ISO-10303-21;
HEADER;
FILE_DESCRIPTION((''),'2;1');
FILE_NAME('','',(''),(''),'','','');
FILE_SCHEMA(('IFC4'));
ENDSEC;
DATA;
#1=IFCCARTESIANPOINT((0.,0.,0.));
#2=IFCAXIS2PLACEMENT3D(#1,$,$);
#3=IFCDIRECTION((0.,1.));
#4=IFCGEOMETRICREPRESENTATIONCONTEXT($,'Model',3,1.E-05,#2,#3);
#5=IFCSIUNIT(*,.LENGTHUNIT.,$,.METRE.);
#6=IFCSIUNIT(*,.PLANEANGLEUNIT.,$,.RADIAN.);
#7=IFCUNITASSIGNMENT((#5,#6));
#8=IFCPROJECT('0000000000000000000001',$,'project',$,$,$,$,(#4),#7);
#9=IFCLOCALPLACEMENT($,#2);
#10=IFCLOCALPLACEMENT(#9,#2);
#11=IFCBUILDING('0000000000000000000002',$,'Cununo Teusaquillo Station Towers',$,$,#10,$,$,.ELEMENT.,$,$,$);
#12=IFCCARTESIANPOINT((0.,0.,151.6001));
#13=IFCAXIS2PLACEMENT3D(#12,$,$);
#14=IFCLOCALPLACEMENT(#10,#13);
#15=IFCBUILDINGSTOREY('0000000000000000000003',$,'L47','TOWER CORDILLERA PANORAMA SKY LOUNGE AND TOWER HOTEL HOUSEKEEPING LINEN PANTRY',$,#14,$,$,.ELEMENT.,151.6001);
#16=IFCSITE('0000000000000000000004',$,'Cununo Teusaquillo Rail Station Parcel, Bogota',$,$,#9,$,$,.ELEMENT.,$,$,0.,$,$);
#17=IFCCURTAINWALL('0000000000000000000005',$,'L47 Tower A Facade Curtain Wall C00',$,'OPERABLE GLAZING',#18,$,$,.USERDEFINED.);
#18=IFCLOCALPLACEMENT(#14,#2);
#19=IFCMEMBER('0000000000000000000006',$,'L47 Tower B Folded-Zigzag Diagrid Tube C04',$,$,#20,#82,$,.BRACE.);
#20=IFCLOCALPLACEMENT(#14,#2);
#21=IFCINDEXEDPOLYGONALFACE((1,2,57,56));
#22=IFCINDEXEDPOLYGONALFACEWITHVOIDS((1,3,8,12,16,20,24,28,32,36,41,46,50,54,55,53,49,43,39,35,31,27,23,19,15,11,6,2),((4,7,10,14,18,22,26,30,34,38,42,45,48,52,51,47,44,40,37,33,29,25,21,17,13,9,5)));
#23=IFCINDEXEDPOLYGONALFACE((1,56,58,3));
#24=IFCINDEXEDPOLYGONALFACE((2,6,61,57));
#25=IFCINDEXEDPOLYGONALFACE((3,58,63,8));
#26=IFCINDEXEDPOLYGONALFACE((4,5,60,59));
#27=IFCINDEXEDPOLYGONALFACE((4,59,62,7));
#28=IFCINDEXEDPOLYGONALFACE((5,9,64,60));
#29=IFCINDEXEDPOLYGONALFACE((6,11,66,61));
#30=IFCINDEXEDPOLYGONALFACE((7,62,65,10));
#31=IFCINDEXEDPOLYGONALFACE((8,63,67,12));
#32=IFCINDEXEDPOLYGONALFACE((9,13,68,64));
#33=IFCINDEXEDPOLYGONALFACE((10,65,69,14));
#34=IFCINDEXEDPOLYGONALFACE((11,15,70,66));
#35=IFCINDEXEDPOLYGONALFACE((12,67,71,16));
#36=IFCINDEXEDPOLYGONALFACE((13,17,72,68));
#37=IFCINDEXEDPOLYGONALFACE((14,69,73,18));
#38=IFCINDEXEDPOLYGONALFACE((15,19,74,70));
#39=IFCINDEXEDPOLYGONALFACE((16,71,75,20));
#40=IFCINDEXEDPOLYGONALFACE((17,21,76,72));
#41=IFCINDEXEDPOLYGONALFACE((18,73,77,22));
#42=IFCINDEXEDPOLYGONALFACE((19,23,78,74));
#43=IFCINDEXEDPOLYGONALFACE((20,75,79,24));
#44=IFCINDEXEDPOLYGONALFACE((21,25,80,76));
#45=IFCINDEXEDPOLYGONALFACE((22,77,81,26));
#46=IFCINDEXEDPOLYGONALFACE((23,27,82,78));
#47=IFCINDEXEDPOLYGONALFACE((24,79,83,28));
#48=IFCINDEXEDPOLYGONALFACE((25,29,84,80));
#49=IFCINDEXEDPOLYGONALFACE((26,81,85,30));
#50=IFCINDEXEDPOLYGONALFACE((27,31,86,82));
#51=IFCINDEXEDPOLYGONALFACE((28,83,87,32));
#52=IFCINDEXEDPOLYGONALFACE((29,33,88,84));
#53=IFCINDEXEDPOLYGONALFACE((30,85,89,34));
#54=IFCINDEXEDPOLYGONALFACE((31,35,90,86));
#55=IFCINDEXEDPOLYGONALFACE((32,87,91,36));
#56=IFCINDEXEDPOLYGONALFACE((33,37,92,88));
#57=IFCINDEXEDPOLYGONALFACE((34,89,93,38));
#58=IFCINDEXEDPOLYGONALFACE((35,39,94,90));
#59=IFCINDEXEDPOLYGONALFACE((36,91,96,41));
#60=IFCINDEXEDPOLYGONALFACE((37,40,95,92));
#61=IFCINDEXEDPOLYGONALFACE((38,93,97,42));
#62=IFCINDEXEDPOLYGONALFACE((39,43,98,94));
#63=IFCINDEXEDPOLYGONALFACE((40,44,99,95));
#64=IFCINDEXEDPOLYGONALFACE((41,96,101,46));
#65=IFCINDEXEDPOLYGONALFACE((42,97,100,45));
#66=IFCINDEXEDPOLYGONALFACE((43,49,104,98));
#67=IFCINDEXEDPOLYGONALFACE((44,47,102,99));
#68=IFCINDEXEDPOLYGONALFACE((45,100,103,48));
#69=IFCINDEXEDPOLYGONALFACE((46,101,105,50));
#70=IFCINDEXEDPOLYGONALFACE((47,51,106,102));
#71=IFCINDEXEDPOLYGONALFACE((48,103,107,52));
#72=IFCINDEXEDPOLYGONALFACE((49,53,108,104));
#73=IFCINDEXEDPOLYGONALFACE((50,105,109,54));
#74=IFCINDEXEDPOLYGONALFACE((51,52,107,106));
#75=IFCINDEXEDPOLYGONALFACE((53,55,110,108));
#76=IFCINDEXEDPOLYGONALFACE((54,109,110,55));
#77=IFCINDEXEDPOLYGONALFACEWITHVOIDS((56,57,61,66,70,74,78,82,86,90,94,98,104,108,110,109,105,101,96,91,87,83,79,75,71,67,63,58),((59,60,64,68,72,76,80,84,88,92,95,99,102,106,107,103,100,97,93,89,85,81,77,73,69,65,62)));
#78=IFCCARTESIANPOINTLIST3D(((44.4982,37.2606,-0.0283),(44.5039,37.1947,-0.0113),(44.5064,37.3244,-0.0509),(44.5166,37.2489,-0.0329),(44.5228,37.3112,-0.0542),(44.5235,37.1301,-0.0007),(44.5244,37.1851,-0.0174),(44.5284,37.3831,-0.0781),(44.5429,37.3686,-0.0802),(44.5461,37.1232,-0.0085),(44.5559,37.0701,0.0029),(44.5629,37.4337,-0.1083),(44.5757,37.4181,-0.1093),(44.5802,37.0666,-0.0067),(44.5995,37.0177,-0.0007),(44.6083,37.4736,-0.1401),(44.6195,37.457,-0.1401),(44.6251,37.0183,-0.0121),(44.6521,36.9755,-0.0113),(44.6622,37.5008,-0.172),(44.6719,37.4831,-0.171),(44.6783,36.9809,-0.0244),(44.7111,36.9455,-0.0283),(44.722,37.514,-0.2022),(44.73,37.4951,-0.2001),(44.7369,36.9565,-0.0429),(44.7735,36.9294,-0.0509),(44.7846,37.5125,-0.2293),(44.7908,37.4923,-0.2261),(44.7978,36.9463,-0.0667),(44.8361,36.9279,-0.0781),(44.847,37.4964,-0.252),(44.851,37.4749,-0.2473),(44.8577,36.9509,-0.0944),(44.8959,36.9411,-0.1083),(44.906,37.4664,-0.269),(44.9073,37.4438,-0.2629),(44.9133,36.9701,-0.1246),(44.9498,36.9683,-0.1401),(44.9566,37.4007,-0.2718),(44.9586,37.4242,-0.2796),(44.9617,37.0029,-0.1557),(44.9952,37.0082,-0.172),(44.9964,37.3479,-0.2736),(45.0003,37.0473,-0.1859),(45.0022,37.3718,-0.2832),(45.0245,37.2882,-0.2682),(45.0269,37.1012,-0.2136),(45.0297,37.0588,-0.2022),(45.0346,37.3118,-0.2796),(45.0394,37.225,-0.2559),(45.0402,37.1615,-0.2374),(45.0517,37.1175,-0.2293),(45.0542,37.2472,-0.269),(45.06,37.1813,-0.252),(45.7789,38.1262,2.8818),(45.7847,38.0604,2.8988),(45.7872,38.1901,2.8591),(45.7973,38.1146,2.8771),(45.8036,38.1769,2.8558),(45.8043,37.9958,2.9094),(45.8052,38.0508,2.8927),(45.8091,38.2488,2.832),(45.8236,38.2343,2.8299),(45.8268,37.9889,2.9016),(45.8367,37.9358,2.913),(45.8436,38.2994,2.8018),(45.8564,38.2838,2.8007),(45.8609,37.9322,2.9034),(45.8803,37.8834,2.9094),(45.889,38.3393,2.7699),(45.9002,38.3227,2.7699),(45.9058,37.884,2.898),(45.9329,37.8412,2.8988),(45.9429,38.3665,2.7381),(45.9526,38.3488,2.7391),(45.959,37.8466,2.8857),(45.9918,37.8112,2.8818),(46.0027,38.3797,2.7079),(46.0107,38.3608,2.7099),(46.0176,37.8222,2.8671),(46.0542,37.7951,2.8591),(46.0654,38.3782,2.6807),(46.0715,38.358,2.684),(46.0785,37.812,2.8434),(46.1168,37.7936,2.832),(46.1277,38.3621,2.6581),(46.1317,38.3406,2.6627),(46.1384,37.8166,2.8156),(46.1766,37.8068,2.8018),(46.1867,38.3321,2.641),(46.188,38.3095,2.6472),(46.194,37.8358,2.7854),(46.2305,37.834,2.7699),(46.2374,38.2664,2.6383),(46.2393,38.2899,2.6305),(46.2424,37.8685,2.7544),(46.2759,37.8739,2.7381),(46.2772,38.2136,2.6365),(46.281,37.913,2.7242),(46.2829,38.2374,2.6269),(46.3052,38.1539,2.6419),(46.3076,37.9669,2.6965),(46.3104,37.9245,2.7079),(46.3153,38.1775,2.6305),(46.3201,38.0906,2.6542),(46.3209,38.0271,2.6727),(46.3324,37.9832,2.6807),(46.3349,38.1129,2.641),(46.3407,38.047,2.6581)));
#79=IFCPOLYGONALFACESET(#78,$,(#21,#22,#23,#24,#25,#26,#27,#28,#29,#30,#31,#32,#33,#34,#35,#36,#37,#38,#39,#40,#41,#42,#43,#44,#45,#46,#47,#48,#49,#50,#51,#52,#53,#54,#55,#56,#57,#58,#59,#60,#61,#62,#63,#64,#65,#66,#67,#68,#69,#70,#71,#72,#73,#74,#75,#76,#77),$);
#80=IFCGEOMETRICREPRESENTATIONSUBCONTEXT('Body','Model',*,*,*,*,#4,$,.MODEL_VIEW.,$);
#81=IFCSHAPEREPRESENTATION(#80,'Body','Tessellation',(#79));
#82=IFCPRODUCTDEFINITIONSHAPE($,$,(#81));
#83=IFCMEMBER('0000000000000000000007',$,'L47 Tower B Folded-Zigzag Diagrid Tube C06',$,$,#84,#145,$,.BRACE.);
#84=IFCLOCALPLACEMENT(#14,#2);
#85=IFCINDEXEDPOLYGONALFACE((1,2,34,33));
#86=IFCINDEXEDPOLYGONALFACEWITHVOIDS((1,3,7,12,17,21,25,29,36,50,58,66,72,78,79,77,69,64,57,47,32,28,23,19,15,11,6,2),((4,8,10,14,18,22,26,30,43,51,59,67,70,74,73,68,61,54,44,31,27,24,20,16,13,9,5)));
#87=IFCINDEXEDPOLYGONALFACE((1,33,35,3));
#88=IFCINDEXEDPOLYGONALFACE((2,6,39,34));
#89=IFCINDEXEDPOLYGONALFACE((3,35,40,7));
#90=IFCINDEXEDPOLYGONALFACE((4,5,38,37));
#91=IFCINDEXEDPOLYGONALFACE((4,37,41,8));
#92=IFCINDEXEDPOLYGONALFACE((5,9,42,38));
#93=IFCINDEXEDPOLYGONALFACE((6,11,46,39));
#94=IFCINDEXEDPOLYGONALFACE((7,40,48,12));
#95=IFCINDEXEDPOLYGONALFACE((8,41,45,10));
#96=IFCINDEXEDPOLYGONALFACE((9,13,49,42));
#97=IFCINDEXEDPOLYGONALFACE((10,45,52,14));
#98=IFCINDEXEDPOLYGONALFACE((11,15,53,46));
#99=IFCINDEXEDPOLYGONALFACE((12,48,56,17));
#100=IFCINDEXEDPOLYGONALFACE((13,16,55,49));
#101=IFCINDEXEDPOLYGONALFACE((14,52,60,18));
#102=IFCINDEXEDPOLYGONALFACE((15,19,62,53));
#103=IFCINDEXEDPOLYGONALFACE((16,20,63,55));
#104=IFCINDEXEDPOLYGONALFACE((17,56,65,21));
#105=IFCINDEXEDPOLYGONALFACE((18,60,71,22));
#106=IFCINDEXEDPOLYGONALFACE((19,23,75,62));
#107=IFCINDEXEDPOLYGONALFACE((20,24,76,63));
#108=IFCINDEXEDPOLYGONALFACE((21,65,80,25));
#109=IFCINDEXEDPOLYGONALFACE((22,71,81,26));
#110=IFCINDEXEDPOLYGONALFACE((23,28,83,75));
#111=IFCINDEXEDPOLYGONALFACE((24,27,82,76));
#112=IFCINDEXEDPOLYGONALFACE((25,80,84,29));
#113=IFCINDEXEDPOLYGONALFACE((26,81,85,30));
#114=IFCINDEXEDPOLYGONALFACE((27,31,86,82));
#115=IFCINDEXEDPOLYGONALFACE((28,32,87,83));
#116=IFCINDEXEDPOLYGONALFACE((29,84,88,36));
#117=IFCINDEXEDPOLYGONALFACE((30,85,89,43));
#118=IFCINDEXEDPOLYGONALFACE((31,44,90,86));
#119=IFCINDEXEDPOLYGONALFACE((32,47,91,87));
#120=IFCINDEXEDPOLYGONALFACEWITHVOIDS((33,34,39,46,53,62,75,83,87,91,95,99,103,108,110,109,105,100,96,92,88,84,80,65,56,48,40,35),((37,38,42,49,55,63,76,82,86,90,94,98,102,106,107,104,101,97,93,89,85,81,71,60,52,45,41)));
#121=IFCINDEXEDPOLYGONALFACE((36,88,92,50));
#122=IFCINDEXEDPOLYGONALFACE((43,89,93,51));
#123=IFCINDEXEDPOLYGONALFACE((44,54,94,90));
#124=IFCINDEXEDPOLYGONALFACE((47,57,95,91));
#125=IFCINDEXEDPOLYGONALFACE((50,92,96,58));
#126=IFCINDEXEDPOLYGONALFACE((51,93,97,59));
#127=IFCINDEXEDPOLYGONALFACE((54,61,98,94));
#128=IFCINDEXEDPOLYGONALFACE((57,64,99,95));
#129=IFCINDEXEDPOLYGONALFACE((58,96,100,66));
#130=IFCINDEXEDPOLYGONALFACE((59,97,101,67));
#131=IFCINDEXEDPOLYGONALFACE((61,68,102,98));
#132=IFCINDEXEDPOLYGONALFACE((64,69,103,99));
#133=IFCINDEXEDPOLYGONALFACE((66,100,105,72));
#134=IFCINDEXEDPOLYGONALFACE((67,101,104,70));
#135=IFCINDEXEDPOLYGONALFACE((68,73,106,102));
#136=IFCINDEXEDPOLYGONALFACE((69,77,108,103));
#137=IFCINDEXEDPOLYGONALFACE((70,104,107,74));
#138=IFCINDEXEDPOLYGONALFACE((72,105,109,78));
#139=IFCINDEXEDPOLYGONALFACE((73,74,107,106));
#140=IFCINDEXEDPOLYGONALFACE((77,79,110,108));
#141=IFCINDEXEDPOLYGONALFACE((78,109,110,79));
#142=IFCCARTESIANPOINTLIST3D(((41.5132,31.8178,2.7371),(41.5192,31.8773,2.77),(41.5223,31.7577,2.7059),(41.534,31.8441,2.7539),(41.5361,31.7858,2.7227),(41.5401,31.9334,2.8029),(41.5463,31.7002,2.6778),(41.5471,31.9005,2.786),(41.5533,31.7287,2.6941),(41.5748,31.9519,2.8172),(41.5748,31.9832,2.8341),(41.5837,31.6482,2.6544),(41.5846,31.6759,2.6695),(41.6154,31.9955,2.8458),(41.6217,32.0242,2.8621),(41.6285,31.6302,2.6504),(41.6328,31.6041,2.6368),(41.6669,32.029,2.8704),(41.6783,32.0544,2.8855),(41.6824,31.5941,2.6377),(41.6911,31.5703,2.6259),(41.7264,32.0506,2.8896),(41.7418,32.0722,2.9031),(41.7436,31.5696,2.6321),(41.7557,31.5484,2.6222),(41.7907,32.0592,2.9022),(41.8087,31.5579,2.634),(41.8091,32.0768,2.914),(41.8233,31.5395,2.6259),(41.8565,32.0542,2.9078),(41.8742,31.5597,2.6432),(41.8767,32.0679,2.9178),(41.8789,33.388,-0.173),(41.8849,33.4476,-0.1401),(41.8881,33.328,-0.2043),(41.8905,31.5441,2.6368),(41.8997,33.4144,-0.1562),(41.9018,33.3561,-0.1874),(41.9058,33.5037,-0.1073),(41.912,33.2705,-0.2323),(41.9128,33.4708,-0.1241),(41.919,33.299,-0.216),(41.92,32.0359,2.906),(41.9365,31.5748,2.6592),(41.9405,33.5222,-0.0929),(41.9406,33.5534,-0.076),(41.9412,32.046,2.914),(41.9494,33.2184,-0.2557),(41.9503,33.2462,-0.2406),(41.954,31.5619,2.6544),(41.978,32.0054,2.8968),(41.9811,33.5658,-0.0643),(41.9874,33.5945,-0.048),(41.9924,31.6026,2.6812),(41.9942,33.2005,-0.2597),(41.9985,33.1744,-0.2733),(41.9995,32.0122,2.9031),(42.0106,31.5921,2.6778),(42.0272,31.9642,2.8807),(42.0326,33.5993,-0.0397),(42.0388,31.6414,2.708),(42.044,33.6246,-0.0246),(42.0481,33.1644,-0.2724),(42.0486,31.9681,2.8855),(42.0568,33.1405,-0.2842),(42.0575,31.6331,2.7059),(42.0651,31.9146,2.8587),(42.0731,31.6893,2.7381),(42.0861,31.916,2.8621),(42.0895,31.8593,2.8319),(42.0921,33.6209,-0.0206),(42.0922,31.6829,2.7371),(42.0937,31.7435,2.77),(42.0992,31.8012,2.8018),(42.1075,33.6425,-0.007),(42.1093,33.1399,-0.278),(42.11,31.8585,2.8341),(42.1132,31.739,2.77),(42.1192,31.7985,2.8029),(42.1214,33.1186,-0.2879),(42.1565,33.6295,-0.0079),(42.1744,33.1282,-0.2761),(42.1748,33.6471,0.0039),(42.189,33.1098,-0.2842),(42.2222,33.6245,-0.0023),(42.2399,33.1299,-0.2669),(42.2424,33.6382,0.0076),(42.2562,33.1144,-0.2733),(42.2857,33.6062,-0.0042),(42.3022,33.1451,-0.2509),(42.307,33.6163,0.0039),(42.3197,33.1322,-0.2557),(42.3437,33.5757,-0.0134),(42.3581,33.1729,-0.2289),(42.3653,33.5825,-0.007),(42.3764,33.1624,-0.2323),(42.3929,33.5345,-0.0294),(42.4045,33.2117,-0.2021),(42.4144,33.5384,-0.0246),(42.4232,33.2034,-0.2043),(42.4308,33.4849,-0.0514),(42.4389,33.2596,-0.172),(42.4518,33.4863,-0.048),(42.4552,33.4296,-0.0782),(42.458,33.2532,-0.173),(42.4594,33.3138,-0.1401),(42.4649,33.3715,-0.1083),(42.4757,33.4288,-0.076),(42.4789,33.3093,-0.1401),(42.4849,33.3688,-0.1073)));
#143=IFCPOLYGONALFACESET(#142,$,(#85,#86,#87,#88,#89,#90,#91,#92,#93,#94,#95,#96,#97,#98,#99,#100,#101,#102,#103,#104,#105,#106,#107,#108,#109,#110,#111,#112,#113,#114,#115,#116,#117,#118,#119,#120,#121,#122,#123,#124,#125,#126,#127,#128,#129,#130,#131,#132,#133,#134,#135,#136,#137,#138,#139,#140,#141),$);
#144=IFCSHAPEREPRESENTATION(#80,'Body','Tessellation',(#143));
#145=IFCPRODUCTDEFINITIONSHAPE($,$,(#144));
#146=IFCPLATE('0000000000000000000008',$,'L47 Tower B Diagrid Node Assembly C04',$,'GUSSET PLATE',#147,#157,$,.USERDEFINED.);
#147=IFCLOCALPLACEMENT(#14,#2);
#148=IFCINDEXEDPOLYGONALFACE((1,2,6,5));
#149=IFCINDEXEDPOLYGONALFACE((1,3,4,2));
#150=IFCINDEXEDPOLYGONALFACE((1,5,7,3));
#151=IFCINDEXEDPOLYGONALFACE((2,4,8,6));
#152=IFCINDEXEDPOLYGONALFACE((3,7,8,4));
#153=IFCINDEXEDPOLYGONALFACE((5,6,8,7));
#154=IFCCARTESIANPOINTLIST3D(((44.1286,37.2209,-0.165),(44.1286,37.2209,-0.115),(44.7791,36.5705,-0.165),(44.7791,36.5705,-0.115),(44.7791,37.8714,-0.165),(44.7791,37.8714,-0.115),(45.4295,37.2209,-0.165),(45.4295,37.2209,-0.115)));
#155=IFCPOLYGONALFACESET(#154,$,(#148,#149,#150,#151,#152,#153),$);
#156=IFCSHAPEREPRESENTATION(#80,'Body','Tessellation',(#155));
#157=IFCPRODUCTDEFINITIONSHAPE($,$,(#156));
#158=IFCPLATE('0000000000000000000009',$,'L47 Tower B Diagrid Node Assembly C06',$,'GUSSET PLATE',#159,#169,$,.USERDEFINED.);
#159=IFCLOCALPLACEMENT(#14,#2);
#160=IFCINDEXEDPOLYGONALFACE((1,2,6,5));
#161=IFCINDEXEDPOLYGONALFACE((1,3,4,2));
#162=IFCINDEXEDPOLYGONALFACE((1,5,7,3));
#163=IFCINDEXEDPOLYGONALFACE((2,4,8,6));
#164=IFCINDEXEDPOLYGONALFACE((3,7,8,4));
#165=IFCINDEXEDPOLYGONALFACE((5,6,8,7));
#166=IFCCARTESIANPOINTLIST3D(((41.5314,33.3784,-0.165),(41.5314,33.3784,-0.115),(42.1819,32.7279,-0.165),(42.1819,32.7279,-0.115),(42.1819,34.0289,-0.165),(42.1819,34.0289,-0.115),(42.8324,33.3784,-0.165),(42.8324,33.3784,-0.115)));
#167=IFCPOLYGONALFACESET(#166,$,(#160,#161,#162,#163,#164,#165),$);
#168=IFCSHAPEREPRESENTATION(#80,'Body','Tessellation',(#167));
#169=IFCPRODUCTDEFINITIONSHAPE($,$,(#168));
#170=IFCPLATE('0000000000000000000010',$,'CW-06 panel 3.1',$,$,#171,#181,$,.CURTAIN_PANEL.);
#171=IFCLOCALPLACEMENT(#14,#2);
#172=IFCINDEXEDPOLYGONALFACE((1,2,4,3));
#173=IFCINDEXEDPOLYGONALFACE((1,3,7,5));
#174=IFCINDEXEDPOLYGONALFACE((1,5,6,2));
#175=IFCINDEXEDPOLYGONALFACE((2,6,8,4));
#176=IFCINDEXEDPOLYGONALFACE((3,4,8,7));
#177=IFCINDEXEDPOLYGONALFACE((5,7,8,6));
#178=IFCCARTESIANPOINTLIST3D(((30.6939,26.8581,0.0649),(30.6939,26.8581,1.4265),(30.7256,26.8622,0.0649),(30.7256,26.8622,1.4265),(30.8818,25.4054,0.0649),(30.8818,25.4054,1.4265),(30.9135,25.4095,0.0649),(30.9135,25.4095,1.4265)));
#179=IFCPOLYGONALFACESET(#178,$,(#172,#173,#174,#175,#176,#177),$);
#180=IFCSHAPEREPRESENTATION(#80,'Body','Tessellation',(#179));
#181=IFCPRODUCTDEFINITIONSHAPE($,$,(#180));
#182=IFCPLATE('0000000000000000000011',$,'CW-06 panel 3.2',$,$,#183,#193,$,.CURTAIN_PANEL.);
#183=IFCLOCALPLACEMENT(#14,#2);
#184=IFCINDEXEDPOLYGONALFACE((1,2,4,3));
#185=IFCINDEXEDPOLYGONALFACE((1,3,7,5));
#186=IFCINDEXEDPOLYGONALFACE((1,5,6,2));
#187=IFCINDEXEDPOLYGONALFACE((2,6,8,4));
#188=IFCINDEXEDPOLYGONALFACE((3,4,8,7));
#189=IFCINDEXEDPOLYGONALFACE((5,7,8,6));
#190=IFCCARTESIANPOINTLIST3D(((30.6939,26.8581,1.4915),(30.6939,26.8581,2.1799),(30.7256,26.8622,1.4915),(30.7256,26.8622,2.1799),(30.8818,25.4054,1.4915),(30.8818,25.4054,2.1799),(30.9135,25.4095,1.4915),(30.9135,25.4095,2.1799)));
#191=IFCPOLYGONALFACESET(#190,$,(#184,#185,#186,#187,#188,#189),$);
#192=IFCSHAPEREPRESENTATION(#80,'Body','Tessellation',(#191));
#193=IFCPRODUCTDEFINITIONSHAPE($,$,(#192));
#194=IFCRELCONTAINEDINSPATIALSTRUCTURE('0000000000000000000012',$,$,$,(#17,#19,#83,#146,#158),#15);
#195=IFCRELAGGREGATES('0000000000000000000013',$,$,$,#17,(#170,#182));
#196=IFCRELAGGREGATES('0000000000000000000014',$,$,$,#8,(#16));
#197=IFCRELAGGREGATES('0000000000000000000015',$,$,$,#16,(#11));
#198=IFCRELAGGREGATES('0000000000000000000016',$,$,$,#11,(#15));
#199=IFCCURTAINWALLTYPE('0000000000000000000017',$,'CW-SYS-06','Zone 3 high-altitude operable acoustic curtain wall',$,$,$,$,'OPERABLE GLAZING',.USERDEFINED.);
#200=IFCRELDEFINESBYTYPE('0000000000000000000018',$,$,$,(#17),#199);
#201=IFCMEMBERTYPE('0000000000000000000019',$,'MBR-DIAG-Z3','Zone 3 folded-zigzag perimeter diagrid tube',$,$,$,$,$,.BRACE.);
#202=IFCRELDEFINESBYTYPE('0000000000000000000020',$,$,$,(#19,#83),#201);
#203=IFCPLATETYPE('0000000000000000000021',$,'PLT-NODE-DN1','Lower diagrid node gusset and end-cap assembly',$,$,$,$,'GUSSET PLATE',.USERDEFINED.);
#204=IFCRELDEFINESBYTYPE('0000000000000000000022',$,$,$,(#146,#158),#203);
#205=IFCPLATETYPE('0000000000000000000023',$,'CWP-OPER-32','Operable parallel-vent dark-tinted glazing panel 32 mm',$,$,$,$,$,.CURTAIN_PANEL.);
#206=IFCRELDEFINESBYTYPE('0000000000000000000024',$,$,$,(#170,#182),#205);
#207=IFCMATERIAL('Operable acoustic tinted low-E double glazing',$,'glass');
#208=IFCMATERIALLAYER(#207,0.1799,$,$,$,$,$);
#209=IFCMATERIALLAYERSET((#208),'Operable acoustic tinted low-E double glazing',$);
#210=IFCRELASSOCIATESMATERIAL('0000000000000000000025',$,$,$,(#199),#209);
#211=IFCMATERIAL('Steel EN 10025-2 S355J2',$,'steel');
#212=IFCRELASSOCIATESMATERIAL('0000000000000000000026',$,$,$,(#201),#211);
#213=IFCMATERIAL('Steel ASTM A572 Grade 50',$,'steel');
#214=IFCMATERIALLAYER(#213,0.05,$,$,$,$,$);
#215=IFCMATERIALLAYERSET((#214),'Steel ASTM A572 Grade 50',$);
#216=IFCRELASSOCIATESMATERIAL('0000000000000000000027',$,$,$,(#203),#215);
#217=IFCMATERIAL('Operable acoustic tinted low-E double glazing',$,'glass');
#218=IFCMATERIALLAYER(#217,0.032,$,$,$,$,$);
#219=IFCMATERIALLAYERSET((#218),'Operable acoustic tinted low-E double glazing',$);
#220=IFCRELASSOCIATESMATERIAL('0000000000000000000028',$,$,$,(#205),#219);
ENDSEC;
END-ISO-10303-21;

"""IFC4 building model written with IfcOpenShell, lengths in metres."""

from ifc_helpers import new_model, si_unit, direction, frame, origin, origin_2d, place, context, subcontext, project, spatial, rectangle, hollow_circle, extrude, source, transform, mapped, material, layer, layer_set, material_profile, profile_set, type_object, element, aggregate, save


model = new_model("IFC4")

# Units and contexts
model_context = context("Model", 3, precision=1e-05, world=origin(), true_north=direction((0.0, 1.0)))
body_context = subcontext(model_context, "Body", "Model", "MODEL_VIEW")
ifc_project = project(units=[si_unit("LENGTHUNIT", "METRE"), si_unit("PLANEANGLEUNIT", "RADIAN")], contexts=[model_context])

# Site, building, storey
site_placement = place(None, origin())
site = spatial("IfcSite", under=ifc_project, at=site_placement, Name="Cununo Teusaquillo Rail Station Parcel, Bogota", CompositionType="ELEMENT", RefElevation=0.0)
building_placement = place(site_placement, origin())
building = spatial("IfcBuilding", under=site, at=building_placement, Name="Cununo Teusaquillo Station Towers", CompositionType="ELEMENT")
storey_placement = place(building_placement, frame((0.0, 0.0, 151.6001)))
storey = spatial("IfcBuildingStorey", under=building, at=storey_placement, Name="L47", Description="TOWER CORDILLERA PANORAMA SKY LOUNGE AND TOWER HOTEL HOUSEKEEPING LINEN PANTRY", CompositionType="ELEMENT", Elevation=151.6001)

# Curtain wall
ifc_material_1 = material(Name="Operable acoustic tinted low-E double glazing", Category="glass")
ifc_layer_1 = layer(ifc_material_1, 0.1799)
ifc_layer_set_1 = layer_set([ifc_layer_1], Name="Operable acoustic tinted low-E double glazing")
curtain_wall_type = type_object("IfcCurtainWallType", Name="CW-SYS-06", Description="Zone 3 high-altitude operable acoustic curtain wall", ElementType="OPERABLE GLAZING", PredefinedType="USERDEFINED", material=ifc_layer_set_1)
curtain_wall_placement = place(storey_placement, origin())
curtain_wall = element("IfcCurtainWall", 1, at=curtain_wall_placement, inside=storey, type_object=curtain_wall_type, Name="L47 Tower A Facade Curtain Wall C00", ObjectType="OPERABLE GLAZING", PredefinedType="USERDEFINED")

# Members
ifc_material_2 = material(Name="Steel EN 10025-2 S355J2", Category="steel")
ifc_material_profile_1 = material_profile(ifc_material_2, hollow_circle(Radius=0.3049, WallThickness=0.02, at=origin_2d()), Name="CHS 610x20")
ifc_profile_set_1 = profile_set([ifc_material_profile_1], Name="Steel EN 10025-2 S355J2")
member_type_1 = type_object("IfcMemberType", Name="MBR-DIAG-Z3", Description="Zone 3 folded-zigzag perimeter diagrid tube", PredefinedType="BRACE", material=ifc_profile_set_1)
member_1_placement = place(storey_placement, frame((44.7791, 37.2209, -0.1401), z_axis=(0.388666, 0.262716, 0.88313), x_axis=(-0.56001, 0.828486, 0.0)))
element("IfcMember", 2, at=member_1_placement, inside=storey, type_object=member_type_1, Name="L47 Tower B Folded-Zigzag Diagrid Tube C04", PredefinedType="BRACE", context=body_context, shape_type="SweptSolid", body=[
    extrude(hollow_circle(Radius=0.3049, WallThickness=0.02, at=origin_2d()), origin(), (0.0, 0.0, 1.0), 3.2952),
])
member_2_placement = place(storey_placement, frame((42.1819, 33.3784, -0.1401), z_axis=(-0.109927, -0.471997, 0.87472), x_axis=(0.973935, -0.226828, 0.0)))
element("IfcMember", 3, at=member_2_placement, inside=storey, type_object=member_type_1, Name="L47 Tower B Folded-Zigzag Diagrid Tube C06", PredefinedType="BRACE", context=body_context, shape_type="SweptSolid", body=[
    extrude(hollow_circle(Radius=0.3049, WallThickness=0.02, at=origin_2d()), origin(), (0.0, 0.0, 1.0), 3.3269),
])

# Plates
ifc_material_3 = material(Name="Steel ASTM A572 Grade 50", Category="steel")
ifc_layer_2 = layer(ifc_material_3, 0.05)
ifc_layer_set_2 = layer_set([ifc_layer_2], Name="Steel ASTM A572 Grade 50")
plate_type_1 = type_object("IfcPlateType", Name="PLT-NODE-DN1", Description="Lower diagrid node gusset and end-cap assembly", ElementType="GUSSET PLATE", PredefinedType="USERDEFINED", material=ifc_layer_set_2)
shared_shape_1 = source(origin(), body_context, "Body", "SweptSolid", [
    extrude(rectangle(XDim=0.9199, YDim=0.9199, at=origin_2d()), origin(), (0.0, 0.0, 1.0), 0.05),
])
for number, where, z_axis, x_axis, name in (
    (4, (44.7791, 37.2209, -0.165), (0.0, 0.0, 1.0), (0.707107, 0.707107, 0.0), "L47 Tower B Diagrid Node Assembly C04"),
    (5, (42.1819, 33.3784, -0.165), (0.0, 0.0, 1.0), (0.707107, 0.707107, 0.0), "L47 Tower B Diagrid Node Assembly C06"),
):
    element("IfcPlate", number, at=place(storey_placement, frame(where, z_axis=z_axis, x_axis=x_axis)), inside=storey, type_object=plate_type_1, Name=name, ObjectType="GUSSET PLATE", PredefinedType="USERDEFINED", context=body_context, shape_type="MappedRepresentation", body=[
        mapped(shared_shape_1, transform((0.0, 0.0, 0.0), x_axis=(1.0, 0.0, 0.0), y_axis=(0.0, 1.0, 0.0), z_axis=(0.0, 0.0, 1.0), scale=1.0)),
    ])

# Plates
ifc_material_4 = material(Name="Operable acoustic tinted low-E double glazing", Category="glass")
ifc_layer_3 = layer(ifc_material_4, 0.032)
ifc_layer_set_3 = layer_set([ifc_layer_3], Name="Operable acoustic tinted low-E double glazing")
plate_type_2 = type_object("IfcPlateType", Name="CWP-OPER-32", Description="Operable parallel-vent dark-tinted glazing panel 32 mm", PredefinedType="CURTAIN_PANEL", material=ifc_layer_set_3)
shared_shape_2 = source(origin(), body_context, "Body", "SweptSolid", [
    extrude(rectangle(XDim=1.4648, YDim=0.032, at=origin_2d()), origin(), (0.0, 0.0, 1.0), 1.3616),
])
plate_1_placement = place(storey_placement, frame((30.8037, 26.1338, 0.0649), z_axis=(0.0, 0.0, 1.0), x_axis=(0.128293, -0.991736, 0.0)))
plate_1 = element("IfcPlate", 6, at=plate_1_placement, type_object=plate_type_2, Name="CW-06 panel 3.1", PredefinedType="CURTAIN_PANEL", context=body_context, shape_type="MappedRepresentation", body=[
    mapped(shared_shape_2, transform((0.0, 0.0, 0.0), x_axis=(1.0, 0.0, 0.0), y_axis=(0.0, 1.0, 0.0), z_axis=(0.0, 0.0, 1.0), scale=1.0)),
])
shared_shape_3 = source(origin(), body_context, "Body", "SweptSolid", [
    extrude(rectangle(XDim=1.4648, YDim=0.032, at=origin_2d()), origin(), (0.0, 0.0, 1.0), 0.6885),
])
plate_2_placement = place(storey_placement, frame((30.8037, 26.1338, 1.4915), z_axis=(0.0, 0.0, 1.0), x_axis=(0.128293, -0.991736, 0.0)))
plate_2 = element("IfcPlate", 7, at=plate_2_placement, type_object=plate_type_2, Name="CW-06 panel 3.2", PredefinedType="CURTAIN_PANEL", context=body_context, shape_type="MappedRepresentation", body=[
    mapped(shared_shape_3, transform((0.0, 0.0, 0.0), x_axis=(1.0, 0.0, 0.0), y_axis=(0.0, 1.0, 0.0), z_axis=(0.0, 0.0, 1.0), scale=1.0)),
])
aggregate(curtain_wall, [plate_1, plate_2])

save(model, "model.ifc")
